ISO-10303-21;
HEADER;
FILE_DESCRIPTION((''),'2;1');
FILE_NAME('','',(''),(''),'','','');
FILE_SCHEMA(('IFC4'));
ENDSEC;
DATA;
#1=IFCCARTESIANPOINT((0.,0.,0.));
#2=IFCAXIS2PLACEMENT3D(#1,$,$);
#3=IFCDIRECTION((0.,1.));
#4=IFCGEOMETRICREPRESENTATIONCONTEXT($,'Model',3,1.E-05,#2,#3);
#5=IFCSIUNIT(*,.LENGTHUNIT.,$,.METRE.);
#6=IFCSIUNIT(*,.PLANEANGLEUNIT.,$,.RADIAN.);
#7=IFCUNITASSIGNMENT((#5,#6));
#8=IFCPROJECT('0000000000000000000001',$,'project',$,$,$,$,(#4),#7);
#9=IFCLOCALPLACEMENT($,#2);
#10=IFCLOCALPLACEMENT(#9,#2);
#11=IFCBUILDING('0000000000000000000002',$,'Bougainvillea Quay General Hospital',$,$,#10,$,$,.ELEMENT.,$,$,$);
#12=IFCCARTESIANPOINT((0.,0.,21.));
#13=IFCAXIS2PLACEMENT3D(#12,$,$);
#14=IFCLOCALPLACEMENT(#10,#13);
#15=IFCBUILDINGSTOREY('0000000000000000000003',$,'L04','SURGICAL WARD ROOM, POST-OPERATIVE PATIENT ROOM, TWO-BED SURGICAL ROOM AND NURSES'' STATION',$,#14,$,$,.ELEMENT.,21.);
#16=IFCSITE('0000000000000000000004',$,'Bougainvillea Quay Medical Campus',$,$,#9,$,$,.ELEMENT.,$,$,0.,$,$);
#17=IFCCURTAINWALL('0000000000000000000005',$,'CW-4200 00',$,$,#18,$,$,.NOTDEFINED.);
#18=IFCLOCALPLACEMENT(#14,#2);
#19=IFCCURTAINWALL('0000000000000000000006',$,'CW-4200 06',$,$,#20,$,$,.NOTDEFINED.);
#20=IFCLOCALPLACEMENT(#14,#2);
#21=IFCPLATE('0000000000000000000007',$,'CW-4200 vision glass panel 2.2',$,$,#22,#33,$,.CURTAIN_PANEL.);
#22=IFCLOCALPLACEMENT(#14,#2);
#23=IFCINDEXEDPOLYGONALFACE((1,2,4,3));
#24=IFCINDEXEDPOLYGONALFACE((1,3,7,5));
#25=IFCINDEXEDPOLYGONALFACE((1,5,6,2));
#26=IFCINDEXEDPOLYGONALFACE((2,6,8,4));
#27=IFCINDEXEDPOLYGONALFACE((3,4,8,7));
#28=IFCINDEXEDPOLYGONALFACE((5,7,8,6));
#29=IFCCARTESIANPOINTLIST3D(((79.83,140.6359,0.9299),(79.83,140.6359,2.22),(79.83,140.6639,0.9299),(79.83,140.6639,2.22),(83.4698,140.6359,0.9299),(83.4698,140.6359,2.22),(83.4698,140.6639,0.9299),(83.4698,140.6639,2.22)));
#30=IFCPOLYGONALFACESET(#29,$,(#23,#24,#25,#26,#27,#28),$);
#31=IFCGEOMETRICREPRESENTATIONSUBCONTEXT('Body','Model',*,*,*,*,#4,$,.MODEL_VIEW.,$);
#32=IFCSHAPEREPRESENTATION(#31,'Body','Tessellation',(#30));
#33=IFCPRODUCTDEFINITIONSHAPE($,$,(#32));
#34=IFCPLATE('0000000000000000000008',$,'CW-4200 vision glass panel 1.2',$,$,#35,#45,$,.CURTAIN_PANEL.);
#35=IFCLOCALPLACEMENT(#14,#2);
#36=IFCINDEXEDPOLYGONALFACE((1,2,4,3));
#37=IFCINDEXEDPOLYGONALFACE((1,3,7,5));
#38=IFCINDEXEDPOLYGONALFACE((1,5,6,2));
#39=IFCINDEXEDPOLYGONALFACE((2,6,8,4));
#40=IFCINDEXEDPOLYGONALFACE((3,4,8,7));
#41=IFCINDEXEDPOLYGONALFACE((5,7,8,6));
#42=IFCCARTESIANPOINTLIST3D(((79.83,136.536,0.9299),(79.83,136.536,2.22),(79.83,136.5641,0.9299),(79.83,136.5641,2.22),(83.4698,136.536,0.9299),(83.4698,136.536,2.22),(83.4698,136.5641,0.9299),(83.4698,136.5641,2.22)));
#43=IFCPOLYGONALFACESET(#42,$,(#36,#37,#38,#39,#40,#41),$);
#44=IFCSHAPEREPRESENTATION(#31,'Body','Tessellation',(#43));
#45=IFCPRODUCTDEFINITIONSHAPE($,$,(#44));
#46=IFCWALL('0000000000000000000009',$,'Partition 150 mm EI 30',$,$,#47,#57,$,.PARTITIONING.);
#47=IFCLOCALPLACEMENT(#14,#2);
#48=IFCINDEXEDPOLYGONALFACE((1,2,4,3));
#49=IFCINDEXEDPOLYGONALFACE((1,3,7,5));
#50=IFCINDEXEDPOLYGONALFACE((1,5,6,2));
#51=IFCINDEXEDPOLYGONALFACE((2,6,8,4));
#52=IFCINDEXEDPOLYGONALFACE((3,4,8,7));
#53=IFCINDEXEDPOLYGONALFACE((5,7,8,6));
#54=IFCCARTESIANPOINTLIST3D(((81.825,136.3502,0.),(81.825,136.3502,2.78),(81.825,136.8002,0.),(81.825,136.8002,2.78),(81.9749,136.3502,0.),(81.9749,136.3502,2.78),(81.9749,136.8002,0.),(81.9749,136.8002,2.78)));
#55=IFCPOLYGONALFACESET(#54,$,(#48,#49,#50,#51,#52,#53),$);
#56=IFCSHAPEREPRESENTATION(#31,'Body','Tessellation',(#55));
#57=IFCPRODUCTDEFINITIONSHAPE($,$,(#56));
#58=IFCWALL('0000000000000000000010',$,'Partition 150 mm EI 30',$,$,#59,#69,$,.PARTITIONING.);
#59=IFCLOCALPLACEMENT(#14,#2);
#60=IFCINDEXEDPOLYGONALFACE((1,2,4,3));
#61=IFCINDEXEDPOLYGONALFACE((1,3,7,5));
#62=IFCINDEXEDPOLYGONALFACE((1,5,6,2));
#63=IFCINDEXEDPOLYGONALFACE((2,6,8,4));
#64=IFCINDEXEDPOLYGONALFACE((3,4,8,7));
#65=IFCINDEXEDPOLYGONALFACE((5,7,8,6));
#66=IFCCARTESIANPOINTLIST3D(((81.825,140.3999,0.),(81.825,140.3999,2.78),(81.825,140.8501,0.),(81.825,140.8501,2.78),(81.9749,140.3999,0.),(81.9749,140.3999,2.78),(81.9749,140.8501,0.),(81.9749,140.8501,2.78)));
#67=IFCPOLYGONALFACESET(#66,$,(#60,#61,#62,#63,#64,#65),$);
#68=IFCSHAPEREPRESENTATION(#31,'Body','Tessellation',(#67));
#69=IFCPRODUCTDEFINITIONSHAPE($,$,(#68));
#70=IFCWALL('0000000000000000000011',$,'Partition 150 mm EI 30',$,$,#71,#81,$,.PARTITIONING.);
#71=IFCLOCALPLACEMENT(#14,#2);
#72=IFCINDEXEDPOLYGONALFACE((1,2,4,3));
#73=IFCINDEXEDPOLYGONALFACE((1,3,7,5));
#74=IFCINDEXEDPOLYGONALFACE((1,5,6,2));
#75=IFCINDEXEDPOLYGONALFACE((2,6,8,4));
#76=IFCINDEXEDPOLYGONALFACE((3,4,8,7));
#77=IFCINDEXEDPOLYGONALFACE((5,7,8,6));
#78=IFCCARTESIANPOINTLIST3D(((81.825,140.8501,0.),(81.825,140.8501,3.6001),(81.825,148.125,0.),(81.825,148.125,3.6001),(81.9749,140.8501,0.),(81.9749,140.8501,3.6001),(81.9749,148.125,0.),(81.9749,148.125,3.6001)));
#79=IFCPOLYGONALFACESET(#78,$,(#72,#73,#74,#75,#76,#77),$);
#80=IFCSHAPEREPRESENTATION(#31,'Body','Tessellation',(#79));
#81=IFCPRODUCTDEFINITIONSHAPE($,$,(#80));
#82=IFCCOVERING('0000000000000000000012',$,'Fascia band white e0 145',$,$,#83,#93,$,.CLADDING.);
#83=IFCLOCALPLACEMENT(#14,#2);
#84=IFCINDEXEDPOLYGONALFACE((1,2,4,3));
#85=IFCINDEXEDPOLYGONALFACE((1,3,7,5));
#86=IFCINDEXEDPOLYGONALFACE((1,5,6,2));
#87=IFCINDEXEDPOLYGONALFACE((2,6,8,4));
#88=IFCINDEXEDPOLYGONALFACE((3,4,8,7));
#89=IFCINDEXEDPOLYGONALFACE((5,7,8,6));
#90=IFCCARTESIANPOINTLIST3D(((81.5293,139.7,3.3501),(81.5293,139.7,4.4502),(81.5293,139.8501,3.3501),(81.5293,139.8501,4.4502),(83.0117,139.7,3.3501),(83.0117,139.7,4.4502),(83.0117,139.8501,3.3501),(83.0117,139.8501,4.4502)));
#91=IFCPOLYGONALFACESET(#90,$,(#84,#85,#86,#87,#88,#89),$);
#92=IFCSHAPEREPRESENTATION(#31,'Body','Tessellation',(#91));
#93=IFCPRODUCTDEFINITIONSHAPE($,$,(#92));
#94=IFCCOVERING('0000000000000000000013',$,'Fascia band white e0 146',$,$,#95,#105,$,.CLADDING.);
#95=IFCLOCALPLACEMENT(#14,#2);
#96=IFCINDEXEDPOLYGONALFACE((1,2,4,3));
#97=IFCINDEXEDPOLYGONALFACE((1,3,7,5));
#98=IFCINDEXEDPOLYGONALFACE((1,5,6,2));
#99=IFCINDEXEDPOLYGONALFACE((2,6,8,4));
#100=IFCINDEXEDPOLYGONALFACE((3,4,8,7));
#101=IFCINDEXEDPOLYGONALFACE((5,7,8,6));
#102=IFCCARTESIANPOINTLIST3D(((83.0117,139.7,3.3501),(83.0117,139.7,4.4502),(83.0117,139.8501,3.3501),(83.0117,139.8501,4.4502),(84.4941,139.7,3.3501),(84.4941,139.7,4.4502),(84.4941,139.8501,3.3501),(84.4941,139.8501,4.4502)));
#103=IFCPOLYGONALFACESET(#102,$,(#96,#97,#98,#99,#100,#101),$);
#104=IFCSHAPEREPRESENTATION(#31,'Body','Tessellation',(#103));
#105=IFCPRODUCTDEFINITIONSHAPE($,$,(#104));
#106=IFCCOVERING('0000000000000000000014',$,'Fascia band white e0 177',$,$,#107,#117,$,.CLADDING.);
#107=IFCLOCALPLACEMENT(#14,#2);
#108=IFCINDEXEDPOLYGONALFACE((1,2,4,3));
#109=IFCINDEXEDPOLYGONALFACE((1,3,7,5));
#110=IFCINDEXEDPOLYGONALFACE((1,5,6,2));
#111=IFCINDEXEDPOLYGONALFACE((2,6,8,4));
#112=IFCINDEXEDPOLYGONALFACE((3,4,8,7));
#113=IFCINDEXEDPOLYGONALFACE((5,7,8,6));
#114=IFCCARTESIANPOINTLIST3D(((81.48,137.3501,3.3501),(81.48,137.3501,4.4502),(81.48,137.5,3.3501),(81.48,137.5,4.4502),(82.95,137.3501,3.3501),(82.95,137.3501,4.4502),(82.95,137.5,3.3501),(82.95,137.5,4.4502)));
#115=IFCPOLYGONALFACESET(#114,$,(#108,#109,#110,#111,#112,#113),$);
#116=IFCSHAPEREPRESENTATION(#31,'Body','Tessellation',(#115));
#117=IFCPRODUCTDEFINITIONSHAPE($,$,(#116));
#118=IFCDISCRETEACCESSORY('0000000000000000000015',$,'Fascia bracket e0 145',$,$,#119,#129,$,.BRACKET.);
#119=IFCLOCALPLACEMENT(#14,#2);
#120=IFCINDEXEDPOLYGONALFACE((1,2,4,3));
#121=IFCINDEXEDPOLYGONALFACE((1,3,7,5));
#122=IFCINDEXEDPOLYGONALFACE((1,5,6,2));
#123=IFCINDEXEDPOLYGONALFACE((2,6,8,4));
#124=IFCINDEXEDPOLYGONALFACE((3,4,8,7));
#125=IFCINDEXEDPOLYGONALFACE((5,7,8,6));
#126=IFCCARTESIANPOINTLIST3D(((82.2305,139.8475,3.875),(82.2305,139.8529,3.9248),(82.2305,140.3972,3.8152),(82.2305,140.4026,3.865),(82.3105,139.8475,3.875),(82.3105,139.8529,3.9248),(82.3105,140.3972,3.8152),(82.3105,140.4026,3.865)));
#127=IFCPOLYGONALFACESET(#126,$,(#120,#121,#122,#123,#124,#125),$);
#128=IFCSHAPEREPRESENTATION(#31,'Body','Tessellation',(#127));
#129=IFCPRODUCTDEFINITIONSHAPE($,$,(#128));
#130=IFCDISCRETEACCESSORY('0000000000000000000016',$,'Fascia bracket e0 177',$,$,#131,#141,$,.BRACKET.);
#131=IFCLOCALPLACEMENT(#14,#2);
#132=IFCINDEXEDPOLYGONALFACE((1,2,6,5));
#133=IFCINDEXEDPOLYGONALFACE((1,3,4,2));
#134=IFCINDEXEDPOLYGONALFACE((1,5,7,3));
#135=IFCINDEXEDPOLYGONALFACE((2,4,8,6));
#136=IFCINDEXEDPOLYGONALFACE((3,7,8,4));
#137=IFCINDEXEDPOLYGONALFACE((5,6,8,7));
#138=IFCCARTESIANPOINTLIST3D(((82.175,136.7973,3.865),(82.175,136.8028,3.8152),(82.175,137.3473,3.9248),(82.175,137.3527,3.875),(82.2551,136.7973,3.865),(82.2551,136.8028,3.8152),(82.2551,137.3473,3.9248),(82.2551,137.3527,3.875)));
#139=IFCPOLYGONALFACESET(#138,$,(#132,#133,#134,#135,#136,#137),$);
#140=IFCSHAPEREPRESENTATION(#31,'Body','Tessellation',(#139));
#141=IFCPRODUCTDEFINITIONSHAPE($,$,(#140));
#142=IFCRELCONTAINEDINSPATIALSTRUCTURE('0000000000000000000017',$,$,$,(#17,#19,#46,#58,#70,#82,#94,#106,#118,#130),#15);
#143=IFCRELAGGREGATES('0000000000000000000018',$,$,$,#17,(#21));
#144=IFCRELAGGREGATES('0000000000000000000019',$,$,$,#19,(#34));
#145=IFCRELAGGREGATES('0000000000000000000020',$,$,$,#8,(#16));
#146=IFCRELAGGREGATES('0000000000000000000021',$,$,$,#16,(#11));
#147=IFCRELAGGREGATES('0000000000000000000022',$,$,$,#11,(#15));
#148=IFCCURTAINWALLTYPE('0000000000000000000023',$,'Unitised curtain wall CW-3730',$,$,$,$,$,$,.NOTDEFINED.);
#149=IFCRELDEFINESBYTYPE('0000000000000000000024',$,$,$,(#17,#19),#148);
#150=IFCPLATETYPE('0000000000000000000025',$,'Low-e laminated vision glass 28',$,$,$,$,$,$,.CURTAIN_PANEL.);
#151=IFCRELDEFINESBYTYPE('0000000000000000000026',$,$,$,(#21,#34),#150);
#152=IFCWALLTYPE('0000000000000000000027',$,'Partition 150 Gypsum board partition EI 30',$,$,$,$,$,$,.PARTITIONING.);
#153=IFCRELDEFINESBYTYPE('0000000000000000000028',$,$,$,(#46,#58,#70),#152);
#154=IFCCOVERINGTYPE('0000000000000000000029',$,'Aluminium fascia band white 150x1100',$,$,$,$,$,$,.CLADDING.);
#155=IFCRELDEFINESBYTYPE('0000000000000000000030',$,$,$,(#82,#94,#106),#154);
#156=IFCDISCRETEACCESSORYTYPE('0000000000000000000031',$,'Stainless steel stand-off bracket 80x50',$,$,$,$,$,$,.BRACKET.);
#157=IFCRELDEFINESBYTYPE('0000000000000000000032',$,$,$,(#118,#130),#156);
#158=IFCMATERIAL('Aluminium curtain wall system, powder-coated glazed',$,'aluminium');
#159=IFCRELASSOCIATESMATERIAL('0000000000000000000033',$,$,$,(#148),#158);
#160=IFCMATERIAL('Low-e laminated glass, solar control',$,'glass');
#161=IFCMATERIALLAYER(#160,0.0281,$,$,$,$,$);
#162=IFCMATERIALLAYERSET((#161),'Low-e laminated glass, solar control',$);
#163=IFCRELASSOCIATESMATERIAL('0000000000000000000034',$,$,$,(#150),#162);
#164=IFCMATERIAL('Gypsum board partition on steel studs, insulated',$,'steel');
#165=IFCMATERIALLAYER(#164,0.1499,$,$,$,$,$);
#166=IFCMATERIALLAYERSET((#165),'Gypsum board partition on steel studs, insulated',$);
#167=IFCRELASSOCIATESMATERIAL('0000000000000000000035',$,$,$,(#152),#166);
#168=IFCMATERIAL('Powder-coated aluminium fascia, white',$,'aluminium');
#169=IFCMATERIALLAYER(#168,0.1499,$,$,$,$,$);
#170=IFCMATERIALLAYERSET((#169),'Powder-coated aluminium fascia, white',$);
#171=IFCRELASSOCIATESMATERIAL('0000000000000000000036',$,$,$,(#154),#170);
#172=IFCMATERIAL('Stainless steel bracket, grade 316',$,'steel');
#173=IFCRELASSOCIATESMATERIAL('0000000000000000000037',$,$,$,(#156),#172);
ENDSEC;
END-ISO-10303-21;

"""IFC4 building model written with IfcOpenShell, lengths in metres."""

from ifc_helpers import new_model, si_unit, direction, frame, frame_2d, origin, origin_2d, place, context, subcontext, project, spatial, polyline, rectangle, outline, extrude, material, layer, layer_set, material_profile, profile_set, type_object, element, aggregate, save


model = new_model("IFC4")

# Units and contexts
model_context = context("Model", 3, precision=1e-05, world=origin(), true_north=direction((0.0, 1.0)))
body_context = subcontext(model_context, "Body", "Model", "MODEL_VIEW")
ifc_project = project(units=[si_unit("LENGTHUNIT", "METRE"), si_unit("PLANEANGLEUNIT", "RADIAN")], contexts=[model_context])

# Site, building, storey
site_placement = place(None, origin())
site = spatial("IfcSite", under=ifc_project, at=site_placement, Name="Bougainvillea Quay Medical Campus", CompositionType="ELEMENT", RefElevation=0.0)
building_placement = place(site_placement, origin())
building = spatial("IfcBuilding", under=site, at=building_placement, Name="Bougainvillea Quay General Hospital", CompositionType="ELEMENT")
storey_placement = place(building_placement, frame((0.0, 0.0, 21.0)))
storey = spatial("IfcBuildingStorey", under=building, at=storey_placement, Name="L04", Description="SURGICAL WARD ROOM, POST-OPERATIVE PATIENT ROOM, TWO-BED SURGICAL ROOM AND NURSES' STATION", CompositionType="ELEMENT", Elevation=21.0)

# Curtain wall
ifc_material_1 = material(Name="Aluminium curtain wall system, powder-coated glazed", Category="aluminium")
curtain_wall_type = type_object("IfcCurtainWallType", Name="Unitised curtain wall CW-3730", PredefinedType="NOTDEFINED", material=ifc_material_1)
curtain_wall_1_placement = place(storey_placement, origin())
curtain_wall_1 = element("IfcCurtainWall", 1, at=curtain_wall_1_placement, inside=storey, type_object=curtain_wall_type, Name="CW-4200 00", PredefinedType="NOTDEFINED")

# Curtain wall
curtain_wall_2_placement = place(storey_placement, origin())
curtain_wall_2 = element("IfcCurtainWall", 2, at=curtain_wall_2_placement, inside=storey, type_object=curtain_wall_type, Name="CW-4200 06", PredefinedType="NOTDEFINED")

# Plates
ifc_material_2 = material(Name="Low-e laminated glass, solar control", Category="glass")
ifc_layer_1 = layer(ifc_material_2, 0.0281)
ifc_layer_set_1 = layer_set([ifc_layer_1], Name="Low-e laminated glass, solar control")
plate_type_1 = type_object("IfcPlateType", Name="Low-e laminated vision glass 28", PredefinedType="CURTAIN_PANEL", material=ifc_layer_set_1)
plate_1_placement = place(storey_placement, frame((81.6499, 140.6499, 0.9299), z_axis=(0.0, 0.0, 1.0), x_axis=(1.0, 0.0, 0.0)))
plate_1 = element("IfcPlate", 3, at=plate_1_placement, type_object=plate_type_1, Name="CW-4200 vision glass panel 2.2", PredefinedType="CURTAIN_PANEL", context=body_context, shape_type="SweptSolid", body=[
    extrude(rectangle(XDim=3.6399, YDim=0.0281, at=origin_2d()), origin(), (0.0, 0.0, 1.0), 1.29),
])
aggregate(curtain_wall_1, [plate_1])
plate_2_placement = place(storey_placement, frame((81.6499, 136.55, 0.9299), z_axis=(0.0, 0.0, 1.0), x_axis=(-1.0, 0.0, 0.0)))
plate_2 = element("IfcPlate", 4, at=plate_2_placement, type_object=plate_type_1, Name="CW-4200 vision glass panel 1.2", PredefinedType="CURTAIN_PANEL", context=body_context, shape_type="SweptSolid", body=[
    extrude(rectangle(XDim=3.6399, YDim=0.0281, at=origin_2d()), origin(), (0.0, 0.0, 1.0), 1.29),
])
aggregate(curtain_wall_2, [plate_2])

# Walls
ifc_material_3 = material(Name="Gypsum board partition on steel studs, insulated", Category="steel")
ifc_layer_2 = layer(ifc_material_3, 0.1499)
ifc_layer_set_2 = layer_set([ifc_layer_2], Name="Gypsum board partition on steel studs, insulated")
wall_type = type_object("IfcWallType", Name="Partition 150 Gypsum board partition EI 30", PredefinedType="PARTITIONING", material=ifc_layer_set_2)
wall_1_placement = place(storey_placement, frame((81.8999, 136.3501, 0.0), z_axis=(0.0, 0.0, 1.0), x_axis=(0.0, 1.0, 0.0)))
element("IfcWall", 5, at=wall_1_placement, inside=storey, type_object=wall_type, Name="Partition 150 mm EI 30", PredefinedType="PARTITIONING", context=body_context, shape_type="SweptSolid", body=[
    extrude(rectangle(XDim=0.45, YDim=0.1499, at=frame_2d((0.2251, 0.0))), origin(), (0.0, 0.0, 1.0), 2.78),
])
wall_2_placement = place(storey_placement, frame((81.8999, 140.3999, 0.0), z_axis=(0.0, 0.0, 1.0), x_axis=(0.0, 1.0, 0.0)))
element("IfcWall", 6, at=wall_2_placement, inside=storey, type_object=wall_type, Name="Partition 150 mm EI 30", PredefinedType="PARTITIONING", context=body_context, shape_type="SweptSolid", body=[
    extrude(rectangle(XDim=0.4502, YDim=0.1499, at=frame_2d((0.2251, 0.0))), origin(), (0.0, 0.0, 1.0), 2.78),
])
wall_3_placement = place(storey_placement, frame((81.8999, 140.8501, 0.0), z_axis=(0.0, 0.0, 1.0), x_axis=(0.0, 1.0, 0.0)))
element("IfcWall", 7, at=wall_3_placement, inside=storey, type_object=wall_type, Name="Partition 150 mm EI 30", PredefinedType="PARTITIONING", context=body_context, shape_type="SweptSolid", body=[
    extrude(rectangle(XDim=7.2749, YDim=0.1499, at=frame_2d((3.6375, 0.0))), origin(), (0.0, 0.0, 1.0), 3.6001),
])

# Coverings
ifc_material_4 = material(Name="Powder-coated aluminium fascia, white", Category="aluminium")
ifc_layer_3 = layer(ifc_material_4, 0.1499)
ifc_layer_set_3 = layer_set([ifc_layer_3], Name="Powder-coated aluminium fascia, white")
covering_type = type_object("IfcCoveringType", Name="Aluminium fascia band white 150x1100", PredefinedType="CLADDING", material=ifc_layer_set_3)
for number, where, z_axis, x_axis, name in (
    (8, (81.5293, 139.8501, 3.3501), (0.0, 0.0, 1.0), (1.0, 0.0, 0.0), "Fascia band white e0 145"),
    (9, (83.0117, 139.8501, 3.3501), (0.0, 0.0, 1.0), (1.0, 0.0, 0.0), "Fascia band white e0 146"),
):
    element("IfcCovering", number, at=place(storey_placement, frame(where, z_axis=z_axis, x_axis=x_axis)), inside=storey, type_object=covering_type, Name=name, PredefinedType="CLADDING", context=body_context, shape_type="SweptSolid", body=[
        extrude(outline(polyline([(0.0, 0.0), (1.4824, 0.0), (1.4824, -0.1501), (0.0, -0.1501), (0.0, 0.0)])), origin(), (0.0, 0.0, 1.0), 1.1001),
    ])
covering_placement = place(storey_placement, frame((82.95, 137.3501, 3.3501), z_axis=(0.0, 0.0, 1.0), x_axis=(-1.0, 0.0, 0.0)))
element("IfcCovering", 10, at=covering_placement, inside=storey, type_object=covering_type, Name="Fascia band white e0 177", PredefinedType="CLADDING", context=body_context, shape_type="SweptSolid", body=[
    extrude(outline(polyline([(0.0, 0.0), (1.47, 0.0), (1.47, -0.1499), (0.0, -0.1499), (0.0, 0.0)])), origin(), (0.0, 0.0, 1.0), 1.1001),
])

# Discrete accessories
ifc_material_5 = material(Name="Stainless steel bracket, grade 316", Category="steel")
ifc_material_profile_1 = material_profile(ifc_material_5, rectangle(XDim=0.0801, YDim=0.05, at=origin_2d()))
ifc_profile_set_1 = profile_set([ifc_material_profile_1], Name="Stainless steel bracket, grade 316")
discrete_accessory_type = type_object("IfcDiscreteAccessoryType", Name="Stainless steel stand-off bracket 80x50", PredefinedType="BRACKET", material=ifc_profile_set_1)
discrete_accessory_1_placement = place(storey_placement, frame((82.2705, 140.3999, 3.8401), z_axis=(0.0, -0.994134, 0.108154), x_axis=(1.0, 0.0, 0.0)))
element("IfcDiscreteAccessory", 11, at=discrete_accessory_1_placement, inside=storey, type_object=discrete_accessory_type, Name="Fascia bracket e0 145", PredefinedType="BRACKET", context=body_context, shape_type="SweptSolid", body=[
    extrude(rectangle(XDim=0.0801, YDim=0.05, at=origin_2d()), origin(), (0.0, 0.0, 1.0), 0.553),
])
discrete_accessory_2_placement = place(storey_placement, frame((82.2151, 136.8, 3.8401), z_axis=(0.0, 0.994139, 0.108107), x_axis=(-1.0, 0.0, 0.0)))
element("IfcDiscreteAccessory", 12, at=discrete_accessory_2_placement, inside=storey, type_object=discrete_accessory_type, Name="Fascia bracket e0 177", PredefinedType="BRACKET", context=body_context, shape_type="SweptSolid", body=[
    extrude(rectangle(XDim=0.0801, YDim=0.05, at=origin_2d()), origin(), (0.0, 0.0, 1.0), 0.5532),
])

save(model, "model.ifc")
